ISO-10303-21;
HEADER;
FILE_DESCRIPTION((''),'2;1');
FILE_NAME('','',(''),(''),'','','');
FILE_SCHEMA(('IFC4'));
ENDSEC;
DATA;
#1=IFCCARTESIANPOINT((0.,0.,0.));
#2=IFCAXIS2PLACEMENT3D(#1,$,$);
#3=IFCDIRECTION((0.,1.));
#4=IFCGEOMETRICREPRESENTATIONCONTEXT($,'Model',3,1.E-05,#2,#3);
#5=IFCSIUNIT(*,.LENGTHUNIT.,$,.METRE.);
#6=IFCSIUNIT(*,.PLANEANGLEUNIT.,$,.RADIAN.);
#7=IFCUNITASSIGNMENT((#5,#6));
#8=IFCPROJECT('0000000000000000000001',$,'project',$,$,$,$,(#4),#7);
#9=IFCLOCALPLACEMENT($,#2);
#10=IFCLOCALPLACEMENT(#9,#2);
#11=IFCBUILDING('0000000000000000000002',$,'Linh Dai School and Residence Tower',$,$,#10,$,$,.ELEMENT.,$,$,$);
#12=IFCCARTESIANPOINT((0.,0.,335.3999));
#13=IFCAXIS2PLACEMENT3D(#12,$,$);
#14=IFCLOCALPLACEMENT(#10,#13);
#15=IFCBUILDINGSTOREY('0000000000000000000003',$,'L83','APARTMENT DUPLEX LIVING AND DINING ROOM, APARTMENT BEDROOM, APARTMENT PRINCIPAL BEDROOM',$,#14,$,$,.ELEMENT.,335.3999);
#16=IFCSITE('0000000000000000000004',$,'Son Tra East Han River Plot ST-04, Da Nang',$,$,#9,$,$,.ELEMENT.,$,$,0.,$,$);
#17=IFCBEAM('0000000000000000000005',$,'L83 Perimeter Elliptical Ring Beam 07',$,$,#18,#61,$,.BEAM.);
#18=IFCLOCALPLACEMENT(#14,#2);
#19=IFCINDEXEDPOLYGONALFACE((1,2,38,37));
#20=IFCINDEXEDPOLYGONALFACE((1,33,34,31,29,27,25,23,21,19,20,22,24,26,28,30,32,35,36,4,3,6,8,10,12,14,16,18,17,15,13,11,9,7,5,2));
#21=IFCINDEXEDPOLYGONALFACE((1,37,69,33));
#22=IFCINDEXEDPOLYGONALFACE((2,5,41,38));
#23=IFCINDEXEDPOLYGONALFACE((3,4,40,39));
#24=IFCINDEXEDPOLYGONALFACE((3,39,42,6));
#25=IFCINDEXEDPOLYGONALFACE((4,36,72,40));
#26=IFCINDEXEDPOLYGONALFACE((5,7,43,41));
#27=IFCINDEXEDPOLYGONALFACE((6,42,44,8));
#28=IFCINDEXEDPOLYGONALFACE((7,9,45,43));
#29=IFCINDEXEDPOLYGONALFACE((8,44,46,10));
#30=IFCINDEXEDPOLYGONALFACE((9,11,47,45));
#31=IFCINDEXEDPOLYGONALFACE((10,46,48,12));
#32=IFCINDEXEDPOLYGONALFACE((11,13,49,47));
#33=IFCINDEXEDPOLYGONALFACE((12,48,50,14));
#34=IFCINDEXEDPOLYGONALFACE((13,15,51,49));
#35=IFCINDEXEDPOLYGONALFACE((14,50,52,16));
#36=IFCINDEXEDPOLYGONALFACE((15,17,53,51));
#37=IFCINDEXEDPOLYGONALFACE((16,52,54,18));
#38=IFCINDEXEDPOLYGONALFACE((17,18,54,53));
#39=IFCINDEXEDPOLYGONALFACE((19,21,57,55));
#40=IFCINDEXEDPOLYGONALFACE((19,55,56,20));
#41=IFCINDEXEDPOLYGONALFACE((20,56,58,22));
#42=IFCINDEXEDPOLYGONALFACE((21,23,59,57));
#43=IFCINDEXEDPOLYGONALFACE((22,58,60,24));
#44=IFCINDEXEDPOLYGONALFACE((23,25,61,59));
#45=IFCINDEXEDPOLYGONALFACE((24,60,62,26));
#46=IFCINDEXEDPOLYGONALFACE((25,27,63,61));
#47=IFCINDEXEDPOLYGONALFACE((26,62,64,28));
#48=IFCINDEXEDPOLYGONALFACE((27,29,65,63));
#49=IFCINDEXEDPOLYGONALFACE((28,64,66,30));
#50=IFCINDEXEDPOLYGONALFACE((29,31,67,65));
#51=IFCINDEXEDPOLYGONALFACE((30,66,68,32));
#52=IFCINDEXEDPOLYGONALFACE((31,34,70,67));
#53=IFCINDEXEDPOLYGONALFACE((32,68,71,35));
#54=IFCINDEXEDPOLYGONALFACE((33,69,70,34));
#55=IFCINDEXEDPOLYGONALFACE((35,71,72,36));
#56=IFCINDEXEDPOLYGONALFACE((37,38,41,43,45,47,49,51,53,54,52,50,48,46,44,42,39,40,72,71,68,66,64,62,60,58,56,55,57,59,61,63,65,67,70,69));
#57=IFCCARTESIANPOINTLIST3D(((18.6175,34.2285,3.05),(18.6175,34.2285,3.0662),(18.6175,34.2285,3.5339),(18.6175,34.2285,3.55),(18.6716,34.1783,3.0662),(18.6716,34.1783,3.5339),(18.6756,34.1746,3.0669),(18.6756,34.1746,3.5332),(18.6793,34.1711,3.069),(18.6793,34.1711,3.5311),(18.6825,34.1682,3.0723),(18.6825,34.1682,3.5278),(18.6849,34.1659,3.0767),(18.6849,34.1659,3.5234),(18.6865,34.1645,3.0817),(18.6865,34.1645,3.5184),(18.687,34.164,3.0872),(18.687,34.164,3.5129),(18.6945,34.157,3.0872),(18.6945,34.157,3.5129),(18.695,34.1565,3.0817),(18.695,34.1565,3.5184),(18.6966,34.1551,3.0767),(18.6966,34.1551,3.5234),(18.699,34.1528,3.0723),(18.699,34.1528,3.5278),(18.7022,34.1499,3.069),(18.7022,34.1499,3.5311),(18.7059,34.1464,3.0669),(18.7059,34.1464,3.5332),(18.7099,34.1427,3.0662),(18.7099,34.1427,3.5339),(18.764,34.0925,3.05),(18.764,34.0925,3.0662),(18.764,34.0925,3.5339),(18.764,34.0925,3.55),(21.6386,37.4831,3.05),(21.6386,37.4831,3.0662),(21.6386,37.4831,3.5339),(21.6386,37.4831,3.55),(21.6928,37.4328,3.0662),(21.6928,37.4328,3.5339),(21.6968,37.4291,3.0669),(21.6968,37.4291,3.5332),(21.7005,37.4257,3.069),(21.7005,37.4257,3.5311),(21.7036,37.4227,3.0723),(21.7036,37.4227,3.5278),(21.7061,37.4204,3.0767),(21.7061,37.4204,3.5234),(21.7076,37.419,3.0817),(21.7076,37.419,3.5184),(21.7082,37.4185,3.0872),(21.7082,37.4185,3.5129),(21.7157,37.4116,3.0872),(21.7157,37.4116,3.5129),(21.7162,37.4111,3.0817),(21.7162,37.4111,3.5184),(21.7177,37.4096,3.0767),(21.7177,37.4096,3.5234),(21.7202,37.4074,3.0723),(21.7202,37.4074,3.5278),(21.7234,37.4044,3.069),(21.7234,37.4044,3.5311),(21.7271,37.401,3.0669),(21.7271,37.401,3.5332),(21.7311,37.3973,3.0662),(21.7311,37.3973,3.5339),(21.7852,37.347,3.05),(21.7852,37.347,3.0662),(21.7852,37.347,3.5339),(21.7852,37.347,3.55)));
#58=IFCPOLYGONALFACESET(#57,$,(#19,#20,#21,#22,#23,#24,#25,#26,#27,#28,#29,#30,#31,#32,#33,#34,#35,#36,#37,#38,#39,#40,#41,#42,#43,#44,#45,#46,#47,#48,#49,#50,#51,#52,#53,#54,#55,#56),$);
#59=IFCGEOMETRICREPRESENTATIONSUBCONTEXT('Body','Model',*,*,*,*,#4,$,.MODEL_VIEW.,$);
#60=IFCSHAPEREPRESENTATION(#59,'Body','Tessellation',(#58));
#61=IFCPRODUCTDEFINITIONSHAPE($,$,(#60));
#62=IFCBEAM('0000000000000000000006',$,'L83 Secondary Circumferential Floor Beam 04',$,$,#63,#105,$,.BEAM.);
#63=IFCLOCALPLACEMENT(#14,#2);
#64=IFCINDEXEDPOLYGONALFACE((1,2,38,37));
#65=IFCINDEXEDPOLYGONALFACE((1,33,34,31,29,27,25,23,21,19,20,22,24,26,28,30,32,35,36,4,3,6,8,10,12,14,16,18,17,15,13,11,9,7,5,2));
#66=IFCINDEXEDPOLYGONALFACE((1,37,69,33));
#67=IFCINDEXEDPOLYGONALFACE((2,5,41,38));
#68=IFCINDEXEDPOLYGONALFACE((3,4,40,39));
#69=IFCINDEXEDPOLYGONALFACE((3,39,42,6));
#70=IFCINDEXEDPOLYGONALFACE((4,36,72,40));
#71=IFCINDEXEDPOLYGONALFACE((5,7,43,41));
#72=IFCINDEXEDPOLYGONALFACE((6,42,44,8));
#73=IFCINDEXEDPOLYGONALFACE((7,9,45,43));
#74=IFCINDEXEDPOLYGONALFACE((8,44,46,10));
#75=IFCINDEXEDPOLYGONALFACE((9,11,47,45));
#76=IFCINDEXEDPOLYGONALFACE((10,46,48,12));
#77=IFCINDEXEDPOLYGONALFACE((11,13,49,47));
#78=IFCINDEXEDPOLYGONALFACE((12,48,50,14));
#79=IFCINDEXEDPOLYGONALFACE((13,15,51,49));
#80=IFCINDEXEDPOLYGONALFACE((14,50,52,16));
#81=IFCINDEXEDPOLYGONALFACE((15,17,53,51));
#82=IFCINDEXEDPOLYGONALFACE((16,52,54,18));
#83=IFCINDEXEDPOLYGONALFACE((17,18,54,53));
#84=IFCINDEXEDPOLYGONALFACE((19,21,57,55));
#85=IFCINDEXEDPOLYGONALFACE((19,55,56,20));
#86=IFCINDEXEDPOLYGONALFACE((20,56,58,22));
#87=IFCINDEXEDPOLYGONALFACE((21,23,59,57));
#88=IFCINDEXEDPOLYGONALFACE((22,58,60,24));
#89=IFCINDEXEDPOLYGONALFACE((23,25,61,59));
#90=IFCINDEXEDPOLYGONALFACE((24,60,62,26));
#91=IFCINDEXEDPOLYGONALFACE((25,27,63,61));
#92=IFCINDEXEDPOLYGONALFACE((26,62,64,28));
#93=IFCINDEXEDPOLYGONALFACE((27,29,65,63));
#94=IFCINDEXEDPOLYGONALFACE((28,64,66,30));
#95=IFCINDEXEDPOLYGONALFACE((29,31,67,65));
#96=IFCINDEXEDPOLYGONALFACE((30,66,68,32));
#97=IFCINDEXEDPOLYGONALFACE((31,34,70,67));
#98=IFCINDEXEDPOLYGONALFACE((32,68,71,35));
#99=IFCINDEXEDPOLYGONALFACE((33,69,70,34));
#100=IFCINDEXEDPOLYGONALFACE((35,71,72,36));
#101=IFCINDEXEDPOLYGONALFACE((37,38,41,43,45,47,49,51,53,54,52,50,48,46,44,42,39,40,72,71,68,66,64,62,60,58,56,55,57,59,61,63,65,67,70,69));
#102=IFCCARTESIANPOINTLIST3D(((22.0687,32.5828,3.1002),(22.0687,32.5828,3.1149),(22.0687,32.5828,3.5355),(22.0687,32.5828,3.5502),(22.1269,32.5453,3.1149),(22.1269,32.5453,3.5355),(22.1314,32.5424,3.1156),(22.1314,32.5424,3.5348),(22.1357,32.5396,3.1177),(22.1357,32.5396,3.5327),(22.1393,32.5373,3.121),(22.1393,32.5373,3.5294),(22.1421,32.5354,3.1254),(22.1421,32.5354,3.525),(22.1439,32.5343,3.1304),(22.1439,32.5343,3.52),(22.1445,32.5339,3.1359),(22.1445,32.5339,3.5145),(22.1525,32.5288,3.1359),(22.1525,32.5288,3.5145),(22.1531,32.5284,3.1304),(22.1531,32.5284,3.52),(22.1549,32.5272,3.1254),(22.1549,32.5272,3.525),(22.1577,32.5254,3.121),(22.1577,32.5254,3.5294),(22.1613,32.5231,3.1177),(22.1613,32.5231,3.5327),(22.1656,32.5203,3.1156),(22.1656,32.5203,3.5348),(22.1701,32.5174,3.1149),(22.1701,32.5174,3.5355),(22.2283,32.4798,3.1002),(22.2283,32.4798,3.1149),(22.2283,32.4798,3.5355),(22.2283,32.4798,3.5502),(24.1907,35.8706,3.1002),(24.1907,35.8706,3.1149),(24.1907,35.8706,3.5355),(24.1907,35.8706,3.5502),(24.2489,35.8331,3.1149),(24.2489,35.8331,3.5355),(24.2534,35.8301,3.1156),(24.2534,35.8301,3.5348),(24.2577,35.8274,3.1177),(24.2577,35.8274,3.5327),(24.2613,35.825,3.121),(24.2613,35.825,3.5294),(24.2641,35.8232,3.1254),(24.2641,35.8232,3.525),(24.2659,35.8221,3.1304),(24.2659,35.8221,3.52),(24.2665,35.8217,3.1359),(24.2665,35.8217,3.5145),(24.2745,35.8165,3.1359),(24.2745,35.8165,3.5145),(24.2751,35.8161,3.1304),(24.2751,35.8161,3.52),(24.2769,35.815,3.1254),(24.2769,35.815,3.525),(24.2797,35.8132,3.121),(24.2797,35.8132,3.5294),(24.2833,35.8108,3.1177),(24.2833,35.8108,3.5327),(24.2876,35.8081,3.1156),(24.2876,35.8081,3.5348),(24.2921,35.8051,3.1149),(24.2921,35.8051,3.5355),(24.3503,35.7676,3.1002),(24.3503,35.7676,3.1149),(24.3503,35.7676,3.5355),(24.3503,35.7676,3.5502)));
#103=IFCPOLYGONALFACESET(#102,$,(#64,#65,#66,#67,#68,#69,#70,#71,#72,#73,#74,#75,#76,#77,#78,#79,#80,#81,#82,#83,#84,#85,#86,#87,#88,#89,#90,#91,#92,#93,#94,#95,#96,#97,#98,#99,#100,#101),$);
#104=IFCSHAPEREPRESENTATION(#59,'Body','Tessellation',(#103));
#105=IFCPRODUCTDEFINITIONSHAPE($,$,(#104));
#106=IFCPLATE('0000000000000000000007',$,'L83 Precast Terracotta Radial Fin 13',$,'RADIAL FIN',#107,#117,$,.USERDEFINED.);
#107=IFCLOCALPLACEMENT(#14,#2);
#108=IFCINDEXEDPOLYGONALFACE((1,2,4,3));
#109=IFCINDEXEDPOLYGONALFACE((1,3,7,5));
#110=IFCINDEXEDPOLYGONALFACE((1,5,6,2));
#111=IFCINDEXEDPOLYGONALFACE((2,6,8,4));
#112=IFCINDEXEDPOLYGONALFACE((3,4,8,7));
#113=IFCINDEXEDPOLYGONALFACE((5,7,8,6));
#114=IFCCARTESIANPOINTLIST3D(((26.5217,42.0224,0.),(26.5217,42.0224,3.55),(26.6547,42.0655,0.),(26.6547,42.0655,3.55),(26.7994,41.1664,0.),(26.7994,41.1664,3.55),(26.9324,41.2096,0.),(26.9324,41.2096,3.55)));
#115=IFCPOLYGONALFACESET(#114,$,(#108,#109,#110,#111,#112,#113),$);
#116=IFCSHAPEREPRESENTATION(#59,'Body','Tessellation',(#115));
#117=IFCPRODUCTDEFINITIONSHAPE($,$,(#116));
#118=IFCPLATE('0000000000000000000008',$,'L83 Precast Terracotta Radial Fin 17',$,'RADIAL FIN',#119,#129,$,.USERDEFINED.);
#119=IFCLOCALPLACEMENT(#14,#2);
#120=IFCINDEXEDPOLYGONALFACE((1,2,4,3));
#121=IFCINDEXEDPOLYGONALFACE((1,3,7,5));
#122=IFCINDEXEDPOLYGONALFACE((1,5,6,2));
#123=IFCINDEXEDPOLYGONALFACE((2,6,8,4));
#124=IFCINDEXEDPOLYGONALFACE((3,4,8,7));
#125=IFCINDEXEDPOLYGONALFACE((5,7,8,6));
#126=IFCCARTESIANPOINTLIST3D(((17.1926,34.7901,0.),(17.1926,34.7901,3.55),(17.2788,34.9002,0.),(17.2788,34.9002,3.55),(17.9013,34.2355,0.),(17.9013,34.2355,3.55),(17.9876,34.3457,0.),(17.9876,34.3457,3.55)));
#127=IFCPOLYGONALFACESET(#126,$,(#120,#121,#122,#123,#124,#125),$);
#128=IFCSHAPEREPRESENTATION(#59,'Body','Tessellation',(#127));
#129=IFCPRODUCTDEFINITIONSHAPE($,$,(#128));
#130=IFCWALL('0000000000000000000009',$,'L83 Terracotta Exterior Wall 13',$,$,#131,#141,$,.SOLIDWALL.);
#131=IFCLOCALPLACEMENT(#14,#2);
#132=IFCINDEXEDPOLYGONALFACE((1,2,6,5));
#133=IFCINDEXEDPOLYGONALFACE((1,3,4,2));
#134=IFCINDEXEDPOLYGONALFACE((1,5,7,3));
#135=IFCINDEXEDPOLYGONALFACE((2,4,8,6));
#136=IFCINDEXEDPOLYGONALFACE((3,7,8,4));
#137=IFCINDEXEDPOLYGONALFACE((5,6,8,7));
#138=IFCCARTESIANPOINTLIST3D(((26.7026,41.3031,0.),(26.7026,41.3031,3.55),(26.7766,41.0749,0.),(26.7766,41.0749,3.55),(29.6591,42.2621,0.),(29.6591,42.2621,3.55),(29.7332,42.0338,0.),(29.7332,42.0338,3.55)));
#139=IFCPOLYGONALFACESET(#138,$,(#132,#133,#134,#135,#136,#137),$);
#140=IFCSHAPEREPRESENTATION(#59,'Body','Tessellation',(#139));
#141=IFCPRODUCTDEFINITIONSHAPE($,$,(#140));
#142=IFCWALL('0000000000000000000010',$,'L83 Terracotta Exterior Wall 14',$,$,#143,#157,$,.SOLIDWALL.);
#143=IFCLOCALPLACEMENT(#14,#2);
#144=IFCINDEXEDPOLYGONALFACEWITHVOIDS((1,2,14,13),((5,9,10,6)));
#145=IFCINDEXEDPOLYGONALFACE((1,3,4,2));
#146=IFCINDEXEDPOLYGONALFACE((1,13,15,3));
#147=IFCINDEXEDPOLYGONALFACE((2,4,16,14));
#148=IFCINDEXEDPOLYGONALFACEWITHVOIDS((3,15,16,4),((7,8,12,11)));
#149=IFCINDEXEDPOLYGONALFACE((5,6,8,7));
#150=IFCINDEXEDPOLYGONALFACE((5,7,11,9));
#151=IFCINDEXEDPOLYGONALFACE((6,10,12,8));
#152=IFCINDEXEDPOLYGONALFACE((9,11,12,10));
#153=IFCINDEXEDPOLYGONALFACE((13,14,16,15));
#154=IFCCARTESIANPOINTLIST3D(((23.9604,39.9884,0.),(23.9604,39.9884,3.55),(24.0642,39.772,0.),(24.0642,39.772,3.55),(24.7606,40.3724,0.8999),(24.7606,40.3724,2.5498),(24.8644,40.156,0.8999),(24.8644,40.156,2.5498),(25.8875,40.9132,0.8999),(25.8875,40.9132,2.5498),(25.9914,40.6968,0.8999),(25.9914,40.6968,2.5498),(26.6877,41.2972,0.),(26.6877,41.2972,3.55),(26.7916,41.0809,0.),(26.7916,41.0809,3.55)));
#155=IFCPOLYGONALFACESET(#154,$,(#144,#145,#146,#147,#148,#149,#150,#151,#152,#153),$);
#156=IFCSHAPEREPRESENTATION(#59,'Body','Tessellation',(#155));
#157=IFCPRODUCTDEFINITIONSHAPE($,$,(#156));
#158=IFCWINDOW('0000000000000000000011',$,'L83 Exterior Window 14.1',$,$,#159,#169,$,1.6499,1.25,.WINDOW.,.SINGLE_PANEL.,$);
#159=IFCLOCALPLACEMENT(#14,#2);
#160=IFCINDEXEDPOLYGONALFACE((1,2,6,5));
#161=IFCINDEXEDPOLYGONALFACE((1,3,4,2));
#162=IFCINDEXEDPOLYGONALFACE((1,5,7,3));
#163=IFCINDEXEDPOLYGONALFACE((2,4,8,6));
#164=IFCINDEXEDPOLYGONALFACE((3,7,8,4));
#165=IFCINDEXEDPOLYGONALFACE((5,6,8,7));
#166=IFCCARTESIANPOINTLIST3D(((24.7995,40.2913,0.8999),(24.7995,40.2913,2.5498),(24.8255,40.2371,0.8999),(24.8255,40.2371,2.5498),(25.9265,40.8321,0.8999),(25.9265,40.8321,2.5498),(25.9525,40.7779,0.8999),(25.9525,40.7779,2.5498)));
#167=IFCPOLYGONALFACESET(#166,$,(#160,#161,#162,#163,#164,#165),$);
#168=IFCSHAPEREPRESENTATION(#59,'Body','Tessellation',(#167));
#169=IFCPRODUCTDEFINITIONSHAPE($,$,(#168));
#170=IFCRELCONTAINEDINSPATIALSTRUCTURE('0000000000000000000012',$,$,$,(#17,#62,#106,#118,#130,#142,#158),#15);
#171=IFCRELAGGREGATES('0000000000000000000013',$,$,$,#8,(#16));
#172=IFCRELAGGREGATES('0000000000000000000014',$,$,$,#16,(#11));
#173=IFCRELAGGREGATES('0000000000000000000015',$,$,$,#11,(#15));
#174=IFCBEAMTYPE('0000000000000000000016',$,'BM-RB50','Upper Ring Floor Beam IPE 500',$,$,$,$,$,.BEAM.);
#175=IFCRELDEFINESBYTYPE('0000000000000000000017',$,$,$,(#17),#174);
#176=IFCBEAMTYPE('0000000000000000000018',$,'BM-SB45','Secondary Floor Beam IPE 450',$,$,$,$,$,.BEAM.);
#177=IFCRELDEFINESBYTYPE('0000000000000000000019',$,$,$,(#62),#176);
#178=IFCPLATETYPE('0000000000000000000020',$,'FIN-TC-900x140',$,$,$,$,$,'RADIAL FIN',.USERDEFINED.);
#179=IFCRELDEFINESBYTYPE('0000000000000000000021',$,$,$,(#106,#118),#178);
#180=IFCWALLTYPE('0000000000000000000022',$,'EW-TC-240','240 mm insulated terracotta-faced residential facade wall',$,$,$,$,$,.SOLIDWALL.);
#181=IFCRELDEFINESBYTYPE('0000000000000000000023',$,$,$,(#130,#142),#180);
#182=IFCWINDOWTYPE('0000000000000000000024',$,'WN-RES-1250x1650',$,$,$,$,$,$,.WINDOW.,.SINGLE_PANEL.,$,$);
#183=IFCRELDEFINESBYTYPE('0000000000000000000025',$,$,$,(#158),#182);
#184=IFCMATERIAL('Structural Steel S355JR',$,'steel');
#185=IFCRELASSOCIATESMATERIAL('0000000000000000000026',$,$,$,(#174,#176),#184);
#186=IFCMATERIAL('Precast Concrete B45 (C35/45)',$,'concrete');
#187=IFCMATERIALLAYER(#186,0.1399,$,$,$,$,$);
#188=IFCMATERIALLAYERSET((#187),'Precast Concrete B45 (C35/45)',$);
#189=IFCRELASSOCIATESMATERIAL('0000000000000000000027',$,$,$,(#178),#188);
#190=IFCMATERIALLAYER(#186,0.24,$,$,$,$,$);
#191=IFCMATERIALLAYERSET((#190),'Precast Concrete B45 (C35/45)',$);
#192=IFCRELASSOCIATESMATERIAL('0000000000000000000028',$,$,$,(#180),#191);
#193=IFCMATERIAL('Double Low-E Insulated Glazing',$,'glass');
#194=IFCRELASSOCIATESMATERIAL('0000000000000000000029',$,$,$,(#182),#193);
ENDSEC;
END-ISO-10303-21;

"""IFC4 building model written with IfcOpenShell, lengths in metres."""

from ifc_helpers import new_model, si_unit, direction, frame, frame_2d, origin, origin_2d, place, context, subcontext, project, spatial, rectangle, i_section, extrude, source, transform, mapped, material, layer, layer_set, material_profile, profile_set, type_object, element, fill, save


model = new_model("IFC4")

# Units and contexts
model_context = context("Model", 3, precision=1e-05, world=origin(), true_north=direction((0.0, 1.0)))
body_context = subcontext(model_context, "Body", "Model", "MODEL_VIEW")
ifc_project = project(units=[si_unit("LENGTHUNIT", "METRE"), si_unit("PLANEANGLEUNIT", "RADIAN")], contexts=[model_context])

# Site, building, storey
site_placement = place(None, origin())
site = spatial("IfcSite", under=ifc_project, at=site_placement, Name="Son Tra East Han River Plot ST-04, Da Nang", CompositionType="ELEMENT", RefElevation=0.0)
building_placement = place(site_placement, origin())
building = spatial("IfcBuilding", under=site, at=building_placement, Name="Linh Dai School and Residence Tower", CompositionType="ELEMENT")
storey_placement = place(building_placement, frame((0.0, 0.0, 335.3999)))
storey = spatial("IfcBuildingStorey", under=building, at=storey_placement, Name="L83", Description="APARTMENT DUPLEX LIVING AND DINING ROOM, APARTMENT BEDROOM, APARTMENT PRINCIPAL BEDROOM", CompositionType="ELEMENT", Elevation=335.3999)

# Shared definitions
ifc_material_1 = material(Name="Structural Steel S355JR", Category="steel")

# Beams
ifc_material_profile_1 = material_profile(ifc_material_1, i_section(OverallWidth=0.2, OverallDepth=0.5, WebThickness=0.0103, FlangeThickness=0.0161, FilletRadius=0.021, at=origin_2d()), Name="IPE 500")
ifc_profile_set_1 = profile_set([ifc_material_profile_1], Name="Structural Steel S355JR")
beam_type_1 = type_object("IfcBeamType", Name="BM-RB50", Description="Upper Ring Floor Beam IPE 500", PredefinedType="BEAM", material=ifc_profile_set_1)
beam_1_placement = place(storey_placement, frame((21.7119, 37.415, 3.3), z_axis=(-0.680339, -0.732897, 0.0), x_axis=(0.732897, -0.680339, 0.0)))
element("IfcBeam", 1, at=beam_1_placement, inside=storey, type_object=beam_type_1, Name="L83 Perimeter Elliptical Ring Beam 07", PredefinedType="BEAM", context=body_context, shape_type="SweptSolid", body=[
    extrude(i_section(OverallWidth=0.2, OverallDepth=0.5, WebThickness=0.0103, FlangeThickness=0.0161, FilletRadius=0.021, at=origin_2d()), origin(), (0.0, 0.0, 1.0), 4.4407),
])
ifc_material_profile_2 = material_profile(ifc_material_1, i_section(OverallWidth=0.1899, OverallDepth=0.45, WebThickness=0.0095, FlangeThickness=0.0146, FilletRadius=0.021, at=origin_2d()), Name="IPE 450")
ifc_profile_set_2 = profile_set([ifc_material_profile_2], Name="Structural Steel S355JR")
beam_type_2 = type_object("IfcBeamType", Name="BM-SB45", Description="Secondary Floor Beam IPE 450", PredefinedType="BEAM", material=ifc_profile_set_2)
beam_2_placement = place(storey_placement, frame((24.2705, 35.8191, 3.3252), z_axis=(-0.542286, -0.840194, 0.0), x_axis=(0.840194, -0.542286, 0.0)))
element("IfcBeam", 2, at=beam_2_placement, inside=storey, type_object=beam_type_2, Name="L83 Secondary Circumferential Floor Beam 04", PredefinedType="BEAM", context=body_context, shape_type="SweptSolid", body=[
    extrude(i_section(OverallWidth=0.1899, OverallDepth=0.45, WebThickness=0.0095, FlangeThickness=0.0146, FilletRadius=0.021, at=origin_2d()), origin(), (0.0, 0.0, 1.0), 3.9131),
])

# Plates
ifc_material_2 = material(Name="Precast Concrete B45 (C35/45)", Category="concrete")
ifc_layer_1 = layer(ifc_material_2, 0.1399)
ifc_layer_set_1 = layer_set([ifc_layer_1], Name="Precast Concrete B45 (C35/45)")
plate_type = type_object("IfcPlateType", Name="FIN-TC-900x140", ElementType="RADIAL FIN", PredefinedType="USERDEFINED", material=ifc_layer_set_1)
shared_shape_1 = source(origin(), body_context, "Body", "SweptSolid", [
    extrude(rectangle(XDim=0.8999, YDim=0.1399, at=origin_2d()), origin(), (0.0, 0.0, 1.0), 3.55),
])
for number, where, z_axis, x_axis, name in (
    (3, (26.7271, 41.616, 0.0), (0.0, 0.0, 1.0), (-0.308565, 0.951203, 0.0), "L83 Precast Terracotta Radial Fin 13"),
    (4, (17.5901, 34.5679, 0.0), (0.0, 0.0, 1.0), (-0.787553, 0.616247, 0.0), "L83 Precast Terracotta Radial Fin 17"),
):
    element("IfcPlate", number, at=place(storey_placement, frame(where, z_axis=z_axis, x_axis=x_axis)), inside=storey, type_object=plate_type, Name=name, ObjectType="RADIAL FIN", PredefinedType="USERDEFINED", context=body_context, shape_type="MappedRepresentation", body=[
        mapped(shared_shape_1, transform((0.0, 0.0, 0.0), x_axis=(1.0, 0.0, 0.0), y_axis=(0.0, 1.0, 0.0), z_axis=(0.0, 0.0, 1.0), scale=1.0)),
    ])

# Wall
ifc_layer_2 = layer(ifc_material_2, 0.24)
ifc_layer_set_2 = layer_set([ifc_layer_2], Name="Precast Concrete B45 (C35/45)")
wall_type_1 = type_object("IfcWallType", Name="EW-TC-240", Description="240 mm insulated terracotta-faced residential facade wall", PredefinedType="SOLIDWALL", material=ifc_layer_set_2)
wall_1_placement = place(storey_placement, frame((26.7395, 41.189, 0.0), z_axis=(0.0, 0.0, 1.0), x_axis=(0.951213, 0.308535, 0.0)))
element("IfcWall", 5, at=wall_1_placement, inside=storey, type_object=wall_type_1, Name="L83 Terracotta Exterior Wall 13", PredefinedType="SOLIDWALL", context=body_context, shape_type="SweptSolid", body=[
    extrude(rectangle(XDim=3.1082, YDim=0.24, at=frame_2d((1.5542, 0.0))), origin(), (0.0, 0.0, 1.0), 3.55),
])

# Wall, opening, window
wall_2_placement = place(storey_placement, frame((24.0122, 39.8801, 0.0), z_axis=(0.0, 0.0, 1.0), x_axis=(0.901557, 0.43266, 0.0)))
wall_2 = element("IfcWall", 6, at=wall_2_placement, inside=storey, type_object=wall_type_1, Name="L83 Terracotta Exterior Wall 14", PredefinedType="SOLIDWALL", context=body_context, shape_type="SweptSolid", body=[
    extrude(rectangle(XDim=3.0251, YDim=0.24, at=frame_2d((1.5127, 0.0))), origin(), (0.0, 0.0, 1.0), 3.55),
])
opening_1_placement = place(wall_2_placement, frame((0.8877, 0.0, 0.8999)))
opening_1 = element("IfcOpeningElement", 7, at=opening_1_placement, cuts=wall_2, PredefinedType="OPENING", context=body_context, shape_type="SweptSolid", body=[
    extrude(rectangle(XDim=1.25, YDim=1.6499, at=origin_2d()), frame((0.625, 0.1299, 0.825), z_axis=(0.0, -1.0, 0.0), x_axis=(1.0, 0.0, 0.0)), (0.0, 0.0, 1.0), 0.26),
])
ifc_material_3 = material(Name="Double Low-E Insulated Glazing", Category="glass")
window_type = type_object("IfcWindowType", Name="WN-RES-1250x1650", PartitioningType="SINGLE_PANEL", PredefinedType="WINDOW", material=ifc_material_3)
shared_shape_2 = source(origin(), body_context, "Body", "SweptSolid", [
    extrude(rectangle(XDim=1.25, YDim=1.6499, at=origin_2d()), frame((0.625, 0.03, 0.825), z_axis=(0.0, -1.0, 0.0), x_axis=(1.0, 0.0, 0.0)), (0.0, 0.0, 1.0), 0.0601),
])
window_1_placement = place(opening_1_placement, origin())
window_1 = element("IfcWindow", 8, at=window_1_placement, inside=storey, type_object=window_type, Name="L83 Exterior Window 14.1", OverallHeight=1.6499, OverallWidth=1.25, PartitioningType="SINGLE_PANEL", PredefinedType="WINDOW", context=body_context, shape_type="MappedRepresentation", body=[
    mapped(shared_shape_2, transform((0.0, 0.0, 0.0), x_axis=(1.0, 0.0, 0.0), y_axis=(0.0, 1.0, 0.0), z_axis=(0.0, 0.0, 1.0), scale=1.0)),
])
fill(opening_1, window_1)

save(model, "model.ifc")
